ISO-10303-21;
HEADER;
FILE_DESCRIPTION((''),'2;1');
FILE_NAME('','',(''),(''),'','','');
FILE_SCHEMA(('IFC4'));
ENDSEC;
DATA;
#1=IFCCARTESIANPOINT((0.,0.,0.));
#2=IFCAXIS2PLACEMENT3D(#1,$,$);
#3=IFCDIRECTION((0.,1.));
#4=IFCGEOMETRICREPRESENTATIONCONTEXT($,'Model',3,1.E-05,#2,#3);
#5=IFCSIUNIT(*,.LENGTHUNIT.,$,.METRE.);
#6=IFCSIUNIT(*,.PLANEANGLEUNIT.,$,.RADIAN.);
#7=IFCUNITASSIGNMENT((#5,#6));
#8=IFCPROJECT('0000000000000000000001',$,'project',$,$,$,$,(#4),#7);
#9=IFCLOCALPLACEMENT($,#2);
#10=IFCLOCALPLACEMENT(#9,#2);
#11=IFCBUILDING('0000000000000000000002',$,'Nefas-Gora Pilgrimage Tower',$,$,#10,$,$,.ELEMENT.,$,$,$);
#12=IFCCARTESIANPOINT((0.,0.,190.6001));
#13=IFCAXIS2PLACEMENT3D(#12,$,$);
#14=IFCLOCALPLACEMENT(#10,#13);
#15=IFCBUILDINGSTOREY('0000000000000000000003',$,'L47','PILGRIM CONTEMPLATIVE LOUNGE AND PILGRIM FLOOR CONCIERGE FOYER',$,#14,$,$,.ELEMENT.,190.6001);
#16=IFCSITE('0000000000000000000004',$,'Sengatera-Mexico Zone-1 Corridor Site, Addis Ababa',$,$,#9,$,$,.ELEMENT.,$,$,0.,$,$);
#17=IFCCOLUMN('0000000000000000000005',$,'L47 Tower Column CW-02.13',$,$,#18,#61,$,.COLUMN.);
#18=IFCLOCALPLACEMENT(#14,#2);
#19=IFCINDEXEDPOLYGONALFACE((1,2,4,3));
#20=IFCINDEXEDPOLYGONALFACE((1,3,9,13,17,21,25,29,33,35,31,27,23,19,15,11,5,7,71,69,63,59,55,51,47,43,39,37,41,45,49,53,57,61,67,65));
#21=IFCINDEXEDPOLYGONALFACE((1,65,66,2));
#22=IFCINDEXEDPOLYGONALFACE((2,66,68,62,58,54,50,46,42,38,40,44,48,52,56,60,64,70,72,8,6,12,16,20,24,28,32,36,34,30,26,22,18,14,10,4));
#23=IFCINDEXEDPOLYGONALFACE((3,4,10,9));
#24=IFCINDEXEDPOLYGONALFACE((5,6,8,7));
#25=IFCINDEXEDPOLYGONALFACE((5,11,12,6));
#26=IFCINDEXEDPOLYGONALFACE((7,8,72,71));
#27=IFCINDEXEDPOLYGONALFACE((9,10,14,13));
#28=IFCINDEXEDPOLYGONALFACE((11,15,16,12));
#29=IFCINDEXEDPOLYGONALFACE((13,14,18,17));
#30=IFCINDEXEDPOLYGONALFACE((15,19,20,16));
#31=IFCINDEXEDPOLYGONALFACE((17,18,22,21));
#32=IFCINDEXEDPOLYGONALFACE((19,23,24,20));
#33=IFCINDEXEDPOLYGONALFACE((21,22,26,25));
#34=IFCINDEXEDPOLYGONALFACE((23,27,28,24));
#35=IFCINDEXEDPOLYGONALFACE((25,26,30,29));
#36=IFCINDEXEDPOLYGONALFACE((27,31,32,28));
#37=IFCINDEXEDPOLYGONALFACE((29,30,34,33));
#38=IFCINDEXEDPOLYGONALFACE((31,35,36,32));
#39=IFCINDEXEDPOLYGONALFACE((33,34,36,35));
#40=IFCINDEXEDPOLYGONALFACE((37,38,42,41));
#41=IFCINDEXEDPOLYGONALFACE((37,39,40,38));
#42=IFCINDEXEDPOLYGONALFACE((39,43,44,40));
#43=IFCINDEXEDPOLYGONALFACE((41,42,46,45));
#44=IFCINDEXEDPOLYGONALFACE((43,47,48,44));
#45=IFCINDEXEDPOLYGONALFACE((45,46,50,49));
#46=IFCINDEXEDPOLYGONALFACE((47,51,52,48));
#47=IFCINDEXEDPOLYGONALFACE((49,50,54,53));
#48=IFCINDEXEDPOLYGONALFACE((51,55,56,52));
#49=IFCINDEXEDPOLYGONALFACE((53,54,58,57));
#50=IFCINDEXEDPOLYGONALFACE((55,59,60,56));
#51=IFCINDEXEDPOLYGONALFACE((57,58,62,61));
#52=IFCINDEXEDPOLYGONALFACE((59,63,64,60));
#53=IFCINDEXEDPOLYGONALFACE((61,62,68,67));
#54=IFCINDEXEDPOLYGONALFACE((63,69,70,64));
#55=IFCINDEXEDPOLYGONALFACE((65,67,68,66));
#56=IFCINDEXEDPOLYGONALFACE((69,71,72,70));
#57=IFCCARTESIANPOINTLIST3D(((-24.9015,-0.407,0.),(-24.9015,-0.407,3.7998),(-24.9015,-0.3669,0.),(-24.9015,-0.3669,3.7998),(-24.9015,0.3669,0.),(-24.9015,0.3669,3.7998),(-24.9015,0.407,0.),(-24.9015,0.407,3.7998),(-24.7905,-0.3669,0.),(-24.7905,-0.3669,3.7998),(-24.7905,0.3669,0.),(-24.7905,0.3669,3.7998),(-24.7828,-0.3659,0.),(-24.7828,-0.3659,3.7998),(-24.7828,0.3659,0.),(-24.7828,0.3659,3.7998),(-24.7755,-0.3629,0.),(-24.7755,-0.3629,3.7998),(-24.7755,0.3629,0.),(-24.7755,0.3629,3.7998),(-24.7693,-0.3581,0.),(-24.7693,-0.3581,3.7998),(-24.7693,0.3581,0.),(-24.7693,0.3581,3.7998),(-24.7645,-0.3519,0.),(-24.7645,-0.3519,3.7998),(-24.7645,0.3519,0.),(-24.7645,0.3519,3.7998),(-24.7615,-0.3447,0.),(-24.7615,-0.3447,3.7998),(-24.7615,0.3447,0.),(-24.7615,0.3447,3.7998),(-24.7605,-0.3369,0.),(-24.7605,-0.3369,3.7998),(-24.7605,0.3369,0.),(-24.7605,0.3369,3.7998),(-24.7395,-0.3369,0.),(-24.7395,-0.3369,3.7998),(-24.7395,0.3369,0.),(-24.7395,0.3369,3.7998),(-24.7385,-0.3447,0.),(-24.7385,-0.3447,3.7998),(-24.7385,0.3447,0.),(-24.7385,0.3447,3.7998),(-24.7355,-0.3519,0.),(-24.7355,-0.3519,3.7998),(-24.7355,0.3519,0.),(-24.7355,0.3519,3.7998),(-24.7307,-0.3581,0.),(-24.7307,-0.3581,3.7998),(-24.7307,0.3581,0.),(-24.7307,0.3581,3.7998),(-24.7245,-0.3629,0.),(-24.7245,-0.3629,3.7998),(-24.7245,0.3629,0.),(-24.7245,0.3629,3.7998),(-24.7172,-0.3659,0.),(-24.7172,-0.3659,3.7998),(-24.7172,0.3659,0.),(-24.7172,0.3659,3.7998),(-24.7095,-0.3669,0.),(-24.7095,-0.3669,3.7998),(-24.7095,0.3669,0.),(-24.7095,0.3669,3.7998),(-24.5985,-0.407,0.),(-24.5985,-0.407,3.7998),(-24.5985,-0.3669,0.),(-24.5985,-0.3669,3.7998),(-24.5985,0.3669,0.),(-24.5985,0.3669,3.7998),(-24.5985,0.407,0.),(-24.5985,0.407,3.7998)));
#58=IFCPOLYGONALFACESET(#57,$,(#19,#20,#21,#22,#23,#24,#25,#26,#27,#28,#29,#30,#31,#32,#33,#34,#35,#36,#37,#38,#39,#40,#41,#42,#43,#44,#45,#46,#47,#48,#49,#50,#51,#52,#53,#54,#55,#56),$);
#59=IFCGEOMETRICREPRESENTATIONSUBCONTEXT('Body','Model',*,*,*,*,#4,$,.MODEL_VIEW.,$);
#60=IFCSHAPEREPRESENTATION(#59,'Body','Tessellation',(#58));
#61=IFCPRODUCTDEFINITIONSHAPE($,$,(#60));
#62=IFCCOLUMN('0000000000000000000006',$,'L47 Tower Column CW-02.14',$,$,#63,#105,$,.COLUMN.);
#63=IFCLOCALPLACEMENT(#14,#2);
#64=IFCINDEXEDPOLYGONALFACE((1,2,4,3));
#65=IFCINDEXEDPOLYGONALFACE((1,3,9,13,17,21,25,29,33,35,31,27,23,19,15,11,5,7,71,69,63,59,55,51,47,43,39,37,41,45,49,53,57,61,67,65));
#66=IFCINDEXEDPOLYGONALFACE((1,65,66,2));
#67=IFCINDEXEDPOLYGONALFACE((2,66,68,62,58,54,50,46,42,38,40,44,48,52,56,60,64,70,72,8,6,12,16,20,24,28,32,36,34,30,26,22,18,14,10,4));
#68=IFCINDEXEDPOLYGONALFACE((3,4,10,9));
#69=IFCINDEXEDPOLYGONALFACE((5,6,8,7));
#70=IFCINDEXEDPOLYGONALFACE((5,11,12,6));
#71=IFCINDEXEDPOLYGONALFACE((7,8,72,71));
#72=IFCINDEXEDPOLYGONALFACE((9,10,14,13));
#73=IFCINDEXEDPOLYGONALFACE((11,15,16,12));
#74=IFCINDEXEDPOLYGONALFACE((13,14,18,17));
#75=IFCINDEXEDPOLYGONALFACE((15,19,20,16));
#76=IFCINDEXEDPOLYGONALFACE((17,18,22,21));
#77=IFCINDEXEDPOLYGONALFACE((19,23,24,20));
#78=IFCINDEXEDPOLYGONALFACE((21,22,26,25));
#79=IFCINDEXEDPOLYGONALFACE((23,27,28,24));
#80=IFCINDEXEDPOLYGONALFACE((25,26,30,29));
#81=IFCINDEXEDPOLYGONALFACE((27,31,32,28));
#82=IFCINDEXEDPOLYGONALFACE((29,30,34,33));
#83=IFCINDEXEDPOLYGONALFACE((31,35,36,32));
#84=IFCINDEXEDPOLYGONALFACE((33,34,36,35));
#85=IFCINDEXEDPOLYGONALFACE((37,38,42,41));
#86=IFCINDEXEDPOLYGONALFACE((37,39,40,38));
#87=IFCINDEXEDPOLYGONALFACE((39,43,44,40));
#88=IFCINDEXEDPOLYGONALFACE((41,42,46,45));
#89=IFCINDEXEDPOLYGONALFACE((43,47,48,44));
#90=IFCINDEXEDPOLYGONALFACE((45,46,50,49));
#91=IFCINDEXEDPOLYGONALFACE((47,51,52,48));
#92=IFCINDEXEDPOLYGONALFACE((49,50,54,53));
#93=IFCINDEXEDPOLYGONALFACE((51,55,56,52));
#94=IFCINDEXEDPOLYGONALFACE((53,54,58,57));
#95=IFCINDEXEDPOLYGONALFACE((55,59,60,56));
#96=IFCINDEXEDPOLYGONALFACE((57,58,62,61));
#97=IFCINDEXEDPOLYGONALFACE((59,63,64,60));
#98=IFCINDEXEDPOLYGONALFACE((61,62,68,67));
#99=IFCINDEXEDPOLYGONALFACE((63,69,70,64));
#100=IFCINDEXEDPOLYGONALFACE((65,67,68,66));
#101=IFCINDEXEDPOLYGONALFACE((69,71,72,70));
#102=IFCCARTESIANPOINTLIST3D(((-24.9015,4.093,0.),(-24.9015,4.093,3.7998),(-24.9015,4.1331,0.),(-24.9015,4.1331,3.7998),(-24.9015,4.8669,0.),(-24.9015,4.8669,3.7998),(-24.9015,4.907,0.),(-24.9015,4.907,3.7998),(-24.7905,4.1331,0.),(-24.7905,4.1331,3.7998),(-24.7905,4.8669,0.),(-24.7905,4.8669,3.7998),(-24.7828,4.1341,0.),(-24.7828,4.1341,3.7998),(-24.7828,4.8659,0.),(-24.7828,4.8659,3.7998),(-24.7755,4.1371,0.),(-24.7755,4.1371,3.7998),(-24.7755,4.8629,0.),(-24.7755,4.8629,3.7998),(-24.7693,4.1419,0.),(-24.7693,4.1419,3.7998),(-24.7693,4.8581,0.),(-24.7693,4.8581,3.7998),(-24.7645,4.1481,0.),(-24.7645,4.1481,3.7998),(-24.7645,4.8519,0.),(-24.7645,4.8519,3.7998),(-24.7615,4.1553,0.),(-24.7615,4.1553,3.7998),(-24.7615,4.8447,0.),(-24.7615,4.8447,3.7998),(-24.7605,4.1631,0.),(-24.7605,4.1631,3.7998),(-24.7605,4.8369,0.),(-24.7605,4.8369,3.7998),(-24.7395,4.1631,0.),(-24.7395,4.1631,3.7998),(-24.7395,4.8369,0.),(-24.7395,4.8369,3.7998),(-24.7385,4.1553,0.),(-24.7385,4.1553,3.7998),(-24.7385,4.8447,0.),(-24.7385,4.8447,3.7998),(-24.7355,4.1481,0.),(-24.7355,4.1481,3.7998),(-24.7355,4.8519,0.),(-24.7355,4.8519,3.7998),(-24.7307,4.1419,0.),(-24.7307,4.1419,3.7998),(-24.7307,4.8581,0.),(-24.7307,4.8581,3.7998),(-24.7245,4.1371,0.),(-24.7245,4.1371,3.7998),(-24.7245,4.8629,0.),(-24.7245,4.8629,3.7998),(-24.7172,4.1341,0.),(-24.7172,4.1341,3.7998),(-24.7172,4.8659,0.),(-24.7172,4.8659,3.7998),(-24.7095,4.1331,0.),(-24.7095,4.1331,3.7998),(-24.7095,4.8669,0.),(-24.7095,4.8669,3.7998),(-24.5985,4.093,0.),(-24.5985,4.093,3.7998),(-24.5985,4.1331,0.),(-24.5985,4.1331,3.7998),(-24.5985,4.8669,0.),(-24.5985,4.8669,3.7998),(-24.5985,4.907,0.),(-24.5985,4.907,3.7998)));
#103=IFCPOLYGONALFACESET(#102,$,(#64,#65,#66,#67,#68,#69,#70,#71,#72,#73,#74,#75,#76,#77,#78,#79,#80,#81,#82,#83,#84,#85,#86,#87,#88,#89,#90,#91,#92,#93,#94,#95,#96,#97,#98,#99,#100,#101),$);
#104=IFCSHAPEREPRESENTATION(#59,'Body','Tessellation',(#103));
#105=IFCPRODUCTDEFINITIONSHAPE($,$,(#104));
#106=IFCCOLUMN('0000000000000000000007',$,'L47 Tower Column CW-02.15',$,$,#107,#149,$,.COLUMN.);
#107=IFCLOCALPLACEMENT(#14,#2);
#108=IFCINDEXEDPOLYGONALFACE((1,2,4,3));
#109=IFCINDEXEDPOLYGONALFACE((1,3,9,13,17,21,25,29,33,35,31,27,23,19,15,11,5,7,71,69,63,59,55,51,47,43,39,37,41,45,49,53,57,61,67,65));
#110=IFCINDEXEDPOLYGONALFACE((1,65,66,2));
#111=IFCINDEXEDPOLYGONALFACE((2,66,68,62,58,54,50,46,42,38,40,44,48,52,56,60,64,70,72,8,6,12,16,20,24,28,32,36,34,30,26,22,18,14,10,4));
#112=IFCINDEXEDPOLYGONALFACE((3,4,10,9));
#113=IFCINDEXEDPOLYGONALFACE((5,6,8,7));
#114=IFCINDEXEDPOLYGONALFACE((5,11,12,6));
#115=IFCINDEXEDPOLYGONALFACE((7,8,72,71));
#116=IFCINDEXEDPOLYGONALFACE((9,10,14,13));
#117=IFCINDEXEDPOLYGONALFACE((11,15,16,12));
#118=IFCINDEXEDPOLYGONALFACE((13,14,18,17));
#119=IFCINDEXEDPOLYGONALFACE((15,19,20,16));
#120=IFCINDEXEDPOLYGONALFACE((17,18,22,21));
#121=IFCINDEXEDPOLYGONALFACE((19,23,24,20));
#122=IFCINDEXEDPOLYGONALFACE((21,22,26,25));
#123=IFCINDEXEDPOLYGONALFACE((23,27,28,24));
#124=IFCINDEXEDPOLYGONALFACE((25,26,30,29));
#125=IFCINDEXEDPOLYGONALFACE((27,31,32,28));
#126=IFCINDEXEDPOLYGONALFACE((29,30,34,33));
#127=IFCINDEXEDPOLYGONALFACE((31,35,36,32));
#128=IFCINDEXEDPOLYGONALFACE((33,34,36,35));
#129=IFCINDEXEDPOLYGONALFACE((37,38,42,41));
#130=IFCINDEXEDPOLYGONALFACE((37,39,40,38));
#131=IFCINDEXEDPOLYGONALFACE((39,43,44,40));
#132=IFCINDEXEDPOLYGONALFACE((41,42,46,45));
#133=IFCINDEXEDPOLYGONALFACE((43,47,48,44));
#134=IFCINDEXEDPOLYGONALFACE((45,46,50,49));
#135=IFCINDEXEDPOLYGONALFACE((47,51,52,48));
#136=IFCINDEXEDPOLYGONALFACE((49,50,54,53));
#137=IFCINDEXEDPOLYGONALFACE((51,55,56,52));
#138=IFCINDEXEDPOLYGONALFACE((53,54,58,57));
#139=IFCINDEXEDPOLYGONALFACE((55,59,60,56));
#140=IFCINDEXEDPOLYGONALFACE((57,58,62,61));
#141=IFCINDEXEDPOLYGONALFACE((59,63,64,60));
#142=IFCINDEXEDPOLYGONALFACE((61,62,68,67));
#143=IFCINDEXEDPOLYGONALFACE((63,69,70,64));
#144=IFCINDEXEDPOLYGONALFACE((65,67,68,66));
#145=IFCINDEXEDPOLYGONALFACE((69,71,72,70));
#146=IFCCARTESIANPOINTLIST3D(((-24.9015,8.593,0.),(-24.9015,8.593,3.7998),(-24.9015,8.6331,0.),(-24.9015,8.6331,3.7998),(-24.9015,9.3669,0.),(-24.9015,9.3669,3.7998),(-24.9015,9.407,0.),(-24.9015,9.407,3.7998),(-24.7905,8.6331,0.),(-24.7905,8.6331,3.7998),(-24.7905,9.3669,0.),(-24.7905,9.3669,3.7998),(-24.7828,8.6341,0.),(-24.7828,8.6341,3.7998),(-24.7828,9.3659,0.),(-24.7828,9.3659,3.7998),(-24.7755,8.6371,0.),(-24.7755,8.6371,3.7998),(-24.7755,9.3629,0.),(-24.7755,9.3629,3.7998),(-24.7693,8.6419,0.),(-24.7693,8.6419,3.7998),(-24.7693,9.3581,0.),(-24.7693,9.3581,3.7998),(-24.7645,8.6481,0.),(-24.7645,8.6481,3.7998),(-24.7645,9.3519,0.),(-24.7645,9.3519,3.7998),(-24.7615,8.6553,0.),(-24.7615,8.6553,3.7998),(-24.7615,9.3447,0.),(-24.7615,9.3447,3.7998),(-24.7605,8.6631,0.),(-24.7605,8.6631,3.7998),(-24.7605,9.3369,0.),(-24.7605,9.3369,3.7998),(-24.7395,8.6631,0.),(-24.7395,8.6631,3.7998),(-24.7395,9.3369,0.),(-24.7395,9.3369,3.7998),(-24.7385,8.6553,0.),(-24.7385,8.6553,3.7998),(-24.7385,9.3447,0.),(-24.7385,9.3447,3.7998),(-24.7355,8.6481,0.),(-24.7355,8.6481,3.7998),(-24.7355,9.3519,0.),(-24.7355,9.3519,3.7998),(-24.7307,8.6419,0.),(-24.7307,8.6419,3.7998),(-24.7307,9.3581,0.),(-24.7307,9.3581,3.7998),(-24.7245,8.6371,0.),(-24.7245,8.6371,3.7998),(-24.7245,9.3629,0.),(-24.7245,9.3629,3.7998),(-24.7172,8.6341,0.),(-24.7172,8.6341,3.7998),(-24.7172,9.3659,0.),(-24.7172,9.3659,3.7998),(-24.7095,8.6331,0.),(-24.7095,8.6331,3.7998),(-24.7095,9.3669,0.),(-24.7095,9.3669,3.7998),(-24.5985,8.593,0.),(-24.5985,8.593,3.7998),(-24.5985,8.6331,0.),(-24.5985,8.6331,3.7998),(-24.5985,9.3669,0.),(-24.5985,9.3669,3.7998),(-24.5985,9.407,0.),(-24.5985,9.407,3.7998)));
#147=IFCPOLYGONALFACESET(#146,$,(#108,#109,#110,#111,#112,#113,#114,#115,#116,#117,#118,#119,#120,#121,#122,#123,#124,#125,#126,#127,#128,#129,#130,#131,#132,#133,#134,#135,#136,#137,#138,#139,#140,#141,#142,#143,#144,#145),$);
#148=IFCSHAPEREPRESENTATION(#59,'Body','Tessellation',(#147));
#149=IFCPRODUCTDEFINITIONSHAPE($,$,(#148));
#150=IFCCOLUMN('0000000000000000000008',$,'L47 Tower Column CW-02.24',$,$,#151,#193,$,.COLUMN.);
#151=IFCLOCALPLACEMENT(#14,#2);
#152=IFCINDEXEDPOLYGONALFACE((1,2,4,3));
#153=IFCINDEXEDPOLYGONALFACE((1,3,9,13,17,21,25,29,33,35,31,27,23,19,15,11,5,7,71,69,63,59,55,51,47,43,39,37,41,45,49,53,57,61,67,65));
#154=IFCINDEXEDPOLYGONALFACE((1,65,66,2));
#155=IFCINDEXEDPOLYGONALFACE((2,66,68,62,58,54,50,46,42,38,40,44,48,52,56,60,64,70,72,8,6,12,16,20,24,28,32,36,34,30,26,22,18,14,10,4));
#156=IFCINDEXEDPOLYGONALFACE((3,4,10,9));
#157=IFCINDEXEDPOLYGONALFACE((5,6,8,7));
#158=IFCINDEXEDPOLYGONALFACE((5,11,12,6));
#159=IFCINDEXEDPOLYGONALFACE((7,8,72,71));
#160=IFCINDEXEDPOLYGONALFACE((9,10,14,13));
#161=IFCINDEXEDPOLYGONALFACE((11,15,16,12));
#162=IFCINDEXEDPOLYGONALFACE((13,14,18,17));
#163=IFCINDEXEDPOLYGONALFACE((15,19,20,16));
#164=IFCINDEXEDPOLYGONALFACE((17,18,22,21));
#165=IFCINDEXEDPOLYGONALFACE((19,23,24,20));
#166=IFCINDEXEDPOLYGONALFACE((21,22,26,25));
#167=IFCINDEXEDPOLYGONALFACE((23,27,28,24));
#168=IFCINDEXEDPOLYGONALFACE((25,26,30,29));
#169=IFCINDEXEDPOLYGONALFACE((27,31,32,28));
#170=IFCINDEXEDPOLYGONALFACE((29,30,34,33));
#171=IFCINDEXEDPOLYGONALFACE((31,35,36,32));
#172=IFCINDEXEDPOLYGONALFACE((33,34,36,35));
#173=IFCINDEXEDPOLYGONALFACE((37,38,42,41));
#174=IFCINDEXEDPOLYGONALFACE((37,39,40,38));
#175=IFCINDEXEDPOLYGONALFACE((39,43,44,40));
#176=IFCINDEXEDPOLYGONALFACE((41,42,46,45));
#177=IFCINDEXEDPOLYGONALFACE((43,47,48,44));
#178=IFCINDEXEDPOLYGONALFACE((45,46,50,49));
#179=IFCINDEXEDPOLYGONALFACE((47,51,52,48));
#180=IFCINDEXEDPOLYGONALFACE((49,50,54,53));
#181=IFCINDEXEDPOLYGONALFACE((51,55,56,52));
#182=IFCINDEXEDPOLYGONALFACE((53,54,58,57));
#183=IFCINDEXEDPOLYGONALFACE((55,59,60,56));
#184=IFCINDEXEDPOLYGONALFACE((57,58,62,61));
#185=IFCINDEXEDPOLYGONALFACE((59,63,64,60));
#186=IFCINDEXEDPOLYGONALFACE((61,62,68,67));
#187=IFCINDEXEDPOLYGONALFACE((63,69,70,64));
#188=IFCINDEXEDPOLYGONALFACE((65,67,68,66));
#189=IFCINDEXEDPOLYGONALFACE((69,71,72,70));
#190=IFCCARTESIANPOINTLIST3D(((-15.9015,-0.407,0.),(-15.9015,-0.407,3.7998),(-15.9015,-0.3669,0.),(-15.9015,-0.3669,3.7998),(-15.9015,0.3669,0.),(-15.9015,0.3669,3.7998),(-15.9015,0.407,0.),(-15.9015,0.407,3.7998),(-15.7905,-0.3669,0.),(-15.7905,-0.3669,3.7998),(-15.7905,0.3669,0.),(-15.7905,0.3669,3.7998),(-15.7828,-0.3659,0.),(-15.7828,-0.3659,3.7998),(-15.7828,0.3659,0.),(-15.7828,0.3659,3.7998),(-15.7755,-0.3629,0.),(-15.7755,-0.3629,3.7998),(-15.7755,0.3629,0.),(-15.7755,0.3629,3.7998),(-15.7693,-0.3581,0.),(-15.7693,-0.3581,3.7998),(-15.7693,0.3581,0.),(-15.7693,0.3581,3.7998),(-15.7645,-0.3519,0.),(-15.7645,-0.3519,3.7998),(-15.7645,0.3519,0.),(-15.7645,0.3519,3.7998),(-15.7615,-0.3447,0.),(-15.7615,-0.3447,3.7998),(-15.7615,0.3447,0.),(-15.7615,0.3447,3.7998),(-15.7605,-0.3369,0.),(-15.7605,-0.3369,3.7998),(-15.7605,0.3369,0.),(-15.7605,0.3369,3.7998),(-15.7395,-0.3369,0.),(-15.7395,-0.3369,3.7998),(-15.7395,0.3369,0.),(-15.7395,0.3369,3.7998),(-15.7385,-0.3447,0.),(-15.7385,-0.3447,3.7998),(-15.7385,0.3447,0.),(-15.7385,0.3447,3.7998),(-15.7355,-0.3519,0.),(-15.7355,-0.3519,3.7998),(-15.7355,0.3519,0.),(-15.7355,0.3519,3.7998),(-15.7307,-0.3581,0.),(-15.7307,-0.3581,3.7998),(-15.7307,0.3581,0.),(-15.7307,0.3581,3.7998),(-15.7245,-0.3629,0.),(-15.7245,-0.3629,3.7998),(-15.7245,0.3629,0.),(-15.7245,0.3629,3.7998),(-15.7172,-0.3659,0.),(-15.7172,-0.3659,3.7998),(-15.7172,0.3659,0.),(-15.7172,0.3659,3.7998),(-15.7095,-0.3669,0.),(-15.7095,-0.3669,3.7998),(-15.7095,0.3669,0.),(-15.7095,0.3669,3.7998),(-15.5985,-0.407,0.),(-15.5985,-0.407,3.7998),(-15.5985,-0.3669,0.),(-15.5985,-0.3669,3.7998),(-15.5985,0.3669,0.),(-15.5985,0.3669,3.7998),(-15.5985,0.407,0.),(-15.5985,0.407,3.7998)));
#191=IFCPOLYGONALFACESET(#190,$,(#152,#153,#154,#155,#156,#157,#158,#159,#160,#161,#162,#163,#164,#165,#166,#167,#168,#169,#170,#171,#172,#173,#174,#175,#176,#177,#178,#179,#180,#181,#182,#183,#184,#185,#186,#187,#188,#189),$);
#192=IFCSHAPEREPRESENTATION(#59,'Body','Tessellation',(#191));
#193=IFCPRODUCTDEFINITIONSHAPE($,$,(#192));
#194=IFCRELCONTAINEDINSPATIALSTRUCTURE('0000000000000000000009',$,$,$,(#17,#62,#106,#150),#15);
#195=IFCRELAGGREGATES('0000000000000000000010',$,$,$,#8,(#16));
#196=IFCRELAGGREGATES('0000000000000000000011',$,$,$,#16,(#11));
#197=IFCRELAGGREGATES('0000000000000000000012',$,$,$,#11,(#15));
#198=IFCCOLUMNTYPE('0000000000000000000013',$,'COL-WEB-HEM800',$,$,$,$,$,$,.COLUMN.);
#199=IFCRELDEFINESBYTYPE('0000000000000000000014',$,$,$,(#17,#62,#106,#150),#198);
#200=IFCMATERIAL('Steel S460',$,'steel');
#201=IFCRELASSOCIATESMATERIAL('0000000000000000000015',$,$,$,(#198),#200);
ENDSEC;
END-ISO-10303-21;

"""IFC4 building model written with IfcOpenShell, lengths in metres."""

from ifc_helpers import new_model, si_unit, direction, frame, origin, origin_2d, place, context, subcontext, project, spatial, i_section, extrude, source, transform, mapped, material, material_profile, profile_set, type_object, element, save


model = new_model("IFC4")

# Units and contexts
model_context = context("Model", 3, precision=1e-05, world=origin(), true_north=direction((0.0, 1.0)))
body_context = subcontext(model_context, "Body", "Model", "MODEL_VIEW")
ifc_project = project(units=[si_unit("LENGTHUNIT", "METRE"), si_unit("PLANEANGLEUNIT", "RADIAN")], contexts=[model_context])

# Site, building, storey
site_placement = place(None, origin())
site = spatial("IfcSite", under=ifc_project, at=site_placement, Name="Sengatera-Mexico Zone-1 Corridor Site, Addis Ababa", CompositionType="ELEMENT", RefElevation=0.0)
building_placement = place(site_placement, origin())
building = spatial("IfcBuilding", under=site, at=building_placement, Name="Nefas-Gora Pilgrimage Tower", CompositionType="ELEMENT")
storey_placement = place(building_placement, frame((0.0, 0.0, 190.6001)))
storey = spatial("IfcBuildingStorey", under=building, at=storey_placement, Name="L47", Description="PILGRIM CONTEMPLATIVE LOUNGE AND PILGRIM FLOOR CONCIERGE FOYER", CompositionType="ELEMENT", Elevation=190.6001)

# Columns
ifc_material_1 = material(Name="Steel S460", Category="steel")
ifc_material_profile_1 = material_profile(ifc_material_1, i_section(OverallWidth=0.303, OverallDepth=0.814, WebThickness=0.021, FlangeThickness=0.04, FilletRadius=0.03, at=origin_2d()), Name="HEM 800")
ifc_profile_set_1 = profile_set([ifc_material_profile_1], Name="Steel S460")
column_type_1 = type_object("IfcColumnType", Name="COL-WEB-HEM800", PredefinedType="COLUMN", material=ifc_profile_set_1)
shared_shape_1 = source(origin(), body_context, "Body", "SweptSolid", [
    extrude(i_section(OverallWidth=0.303, OverallDepth=0.814, WebThickness=0.021, FlangeThickness=0.04, FilletRadius=0.03, at=origin_2d()), origin(), (0.0, 0.0, 1.0), 3.7998),
])
for number, where, z_axis, x_axis, name in (
    (1, (-24.75, 0.0, 0.0), (0.0, 0.0, 1.0), (1.0, 0.0, 0.0), "L47 Tower Column CW-02.13"),
    (2, (-24.75, 4.5, 0.0), (0.0, 0.0, 1.0), (1.0, 0.0, 0.0), "L47 Tower Column CW-02.14"),
    (3, (-24.75, 9.0, 0.0), (0.0, 0.0, 1.0), (1.0, 0.0, 0.0), "L47 Tower Column CW-02.15"),
    (4, (-15.75, 0.0, 0.0), (0.0, 0.0, 1.0), (1.0, 0.0, 0.0), "L47 Tower Column CW-02.24"),
):
    element("IfcColumn", number, at=place(storey_placement, frame(where, z_axis=z_axis, x_axis=x_axis)), inside=storey, type_object=column_type_1, Name=name, PredefinedType="COLUMN", context=body_context, shape_type="MappedRepresentation", body=[
        mapped(shared_shape_1, transform((0.0, 0.0, 0.0), x_axis=(1.0, 0.0, 0.0), y_axis=(0.0, 1.0, 0.0), z_axis=(0.0, 0.0, 1.0), scale=1.0)),
    ])

save(model, "model.ifc")
